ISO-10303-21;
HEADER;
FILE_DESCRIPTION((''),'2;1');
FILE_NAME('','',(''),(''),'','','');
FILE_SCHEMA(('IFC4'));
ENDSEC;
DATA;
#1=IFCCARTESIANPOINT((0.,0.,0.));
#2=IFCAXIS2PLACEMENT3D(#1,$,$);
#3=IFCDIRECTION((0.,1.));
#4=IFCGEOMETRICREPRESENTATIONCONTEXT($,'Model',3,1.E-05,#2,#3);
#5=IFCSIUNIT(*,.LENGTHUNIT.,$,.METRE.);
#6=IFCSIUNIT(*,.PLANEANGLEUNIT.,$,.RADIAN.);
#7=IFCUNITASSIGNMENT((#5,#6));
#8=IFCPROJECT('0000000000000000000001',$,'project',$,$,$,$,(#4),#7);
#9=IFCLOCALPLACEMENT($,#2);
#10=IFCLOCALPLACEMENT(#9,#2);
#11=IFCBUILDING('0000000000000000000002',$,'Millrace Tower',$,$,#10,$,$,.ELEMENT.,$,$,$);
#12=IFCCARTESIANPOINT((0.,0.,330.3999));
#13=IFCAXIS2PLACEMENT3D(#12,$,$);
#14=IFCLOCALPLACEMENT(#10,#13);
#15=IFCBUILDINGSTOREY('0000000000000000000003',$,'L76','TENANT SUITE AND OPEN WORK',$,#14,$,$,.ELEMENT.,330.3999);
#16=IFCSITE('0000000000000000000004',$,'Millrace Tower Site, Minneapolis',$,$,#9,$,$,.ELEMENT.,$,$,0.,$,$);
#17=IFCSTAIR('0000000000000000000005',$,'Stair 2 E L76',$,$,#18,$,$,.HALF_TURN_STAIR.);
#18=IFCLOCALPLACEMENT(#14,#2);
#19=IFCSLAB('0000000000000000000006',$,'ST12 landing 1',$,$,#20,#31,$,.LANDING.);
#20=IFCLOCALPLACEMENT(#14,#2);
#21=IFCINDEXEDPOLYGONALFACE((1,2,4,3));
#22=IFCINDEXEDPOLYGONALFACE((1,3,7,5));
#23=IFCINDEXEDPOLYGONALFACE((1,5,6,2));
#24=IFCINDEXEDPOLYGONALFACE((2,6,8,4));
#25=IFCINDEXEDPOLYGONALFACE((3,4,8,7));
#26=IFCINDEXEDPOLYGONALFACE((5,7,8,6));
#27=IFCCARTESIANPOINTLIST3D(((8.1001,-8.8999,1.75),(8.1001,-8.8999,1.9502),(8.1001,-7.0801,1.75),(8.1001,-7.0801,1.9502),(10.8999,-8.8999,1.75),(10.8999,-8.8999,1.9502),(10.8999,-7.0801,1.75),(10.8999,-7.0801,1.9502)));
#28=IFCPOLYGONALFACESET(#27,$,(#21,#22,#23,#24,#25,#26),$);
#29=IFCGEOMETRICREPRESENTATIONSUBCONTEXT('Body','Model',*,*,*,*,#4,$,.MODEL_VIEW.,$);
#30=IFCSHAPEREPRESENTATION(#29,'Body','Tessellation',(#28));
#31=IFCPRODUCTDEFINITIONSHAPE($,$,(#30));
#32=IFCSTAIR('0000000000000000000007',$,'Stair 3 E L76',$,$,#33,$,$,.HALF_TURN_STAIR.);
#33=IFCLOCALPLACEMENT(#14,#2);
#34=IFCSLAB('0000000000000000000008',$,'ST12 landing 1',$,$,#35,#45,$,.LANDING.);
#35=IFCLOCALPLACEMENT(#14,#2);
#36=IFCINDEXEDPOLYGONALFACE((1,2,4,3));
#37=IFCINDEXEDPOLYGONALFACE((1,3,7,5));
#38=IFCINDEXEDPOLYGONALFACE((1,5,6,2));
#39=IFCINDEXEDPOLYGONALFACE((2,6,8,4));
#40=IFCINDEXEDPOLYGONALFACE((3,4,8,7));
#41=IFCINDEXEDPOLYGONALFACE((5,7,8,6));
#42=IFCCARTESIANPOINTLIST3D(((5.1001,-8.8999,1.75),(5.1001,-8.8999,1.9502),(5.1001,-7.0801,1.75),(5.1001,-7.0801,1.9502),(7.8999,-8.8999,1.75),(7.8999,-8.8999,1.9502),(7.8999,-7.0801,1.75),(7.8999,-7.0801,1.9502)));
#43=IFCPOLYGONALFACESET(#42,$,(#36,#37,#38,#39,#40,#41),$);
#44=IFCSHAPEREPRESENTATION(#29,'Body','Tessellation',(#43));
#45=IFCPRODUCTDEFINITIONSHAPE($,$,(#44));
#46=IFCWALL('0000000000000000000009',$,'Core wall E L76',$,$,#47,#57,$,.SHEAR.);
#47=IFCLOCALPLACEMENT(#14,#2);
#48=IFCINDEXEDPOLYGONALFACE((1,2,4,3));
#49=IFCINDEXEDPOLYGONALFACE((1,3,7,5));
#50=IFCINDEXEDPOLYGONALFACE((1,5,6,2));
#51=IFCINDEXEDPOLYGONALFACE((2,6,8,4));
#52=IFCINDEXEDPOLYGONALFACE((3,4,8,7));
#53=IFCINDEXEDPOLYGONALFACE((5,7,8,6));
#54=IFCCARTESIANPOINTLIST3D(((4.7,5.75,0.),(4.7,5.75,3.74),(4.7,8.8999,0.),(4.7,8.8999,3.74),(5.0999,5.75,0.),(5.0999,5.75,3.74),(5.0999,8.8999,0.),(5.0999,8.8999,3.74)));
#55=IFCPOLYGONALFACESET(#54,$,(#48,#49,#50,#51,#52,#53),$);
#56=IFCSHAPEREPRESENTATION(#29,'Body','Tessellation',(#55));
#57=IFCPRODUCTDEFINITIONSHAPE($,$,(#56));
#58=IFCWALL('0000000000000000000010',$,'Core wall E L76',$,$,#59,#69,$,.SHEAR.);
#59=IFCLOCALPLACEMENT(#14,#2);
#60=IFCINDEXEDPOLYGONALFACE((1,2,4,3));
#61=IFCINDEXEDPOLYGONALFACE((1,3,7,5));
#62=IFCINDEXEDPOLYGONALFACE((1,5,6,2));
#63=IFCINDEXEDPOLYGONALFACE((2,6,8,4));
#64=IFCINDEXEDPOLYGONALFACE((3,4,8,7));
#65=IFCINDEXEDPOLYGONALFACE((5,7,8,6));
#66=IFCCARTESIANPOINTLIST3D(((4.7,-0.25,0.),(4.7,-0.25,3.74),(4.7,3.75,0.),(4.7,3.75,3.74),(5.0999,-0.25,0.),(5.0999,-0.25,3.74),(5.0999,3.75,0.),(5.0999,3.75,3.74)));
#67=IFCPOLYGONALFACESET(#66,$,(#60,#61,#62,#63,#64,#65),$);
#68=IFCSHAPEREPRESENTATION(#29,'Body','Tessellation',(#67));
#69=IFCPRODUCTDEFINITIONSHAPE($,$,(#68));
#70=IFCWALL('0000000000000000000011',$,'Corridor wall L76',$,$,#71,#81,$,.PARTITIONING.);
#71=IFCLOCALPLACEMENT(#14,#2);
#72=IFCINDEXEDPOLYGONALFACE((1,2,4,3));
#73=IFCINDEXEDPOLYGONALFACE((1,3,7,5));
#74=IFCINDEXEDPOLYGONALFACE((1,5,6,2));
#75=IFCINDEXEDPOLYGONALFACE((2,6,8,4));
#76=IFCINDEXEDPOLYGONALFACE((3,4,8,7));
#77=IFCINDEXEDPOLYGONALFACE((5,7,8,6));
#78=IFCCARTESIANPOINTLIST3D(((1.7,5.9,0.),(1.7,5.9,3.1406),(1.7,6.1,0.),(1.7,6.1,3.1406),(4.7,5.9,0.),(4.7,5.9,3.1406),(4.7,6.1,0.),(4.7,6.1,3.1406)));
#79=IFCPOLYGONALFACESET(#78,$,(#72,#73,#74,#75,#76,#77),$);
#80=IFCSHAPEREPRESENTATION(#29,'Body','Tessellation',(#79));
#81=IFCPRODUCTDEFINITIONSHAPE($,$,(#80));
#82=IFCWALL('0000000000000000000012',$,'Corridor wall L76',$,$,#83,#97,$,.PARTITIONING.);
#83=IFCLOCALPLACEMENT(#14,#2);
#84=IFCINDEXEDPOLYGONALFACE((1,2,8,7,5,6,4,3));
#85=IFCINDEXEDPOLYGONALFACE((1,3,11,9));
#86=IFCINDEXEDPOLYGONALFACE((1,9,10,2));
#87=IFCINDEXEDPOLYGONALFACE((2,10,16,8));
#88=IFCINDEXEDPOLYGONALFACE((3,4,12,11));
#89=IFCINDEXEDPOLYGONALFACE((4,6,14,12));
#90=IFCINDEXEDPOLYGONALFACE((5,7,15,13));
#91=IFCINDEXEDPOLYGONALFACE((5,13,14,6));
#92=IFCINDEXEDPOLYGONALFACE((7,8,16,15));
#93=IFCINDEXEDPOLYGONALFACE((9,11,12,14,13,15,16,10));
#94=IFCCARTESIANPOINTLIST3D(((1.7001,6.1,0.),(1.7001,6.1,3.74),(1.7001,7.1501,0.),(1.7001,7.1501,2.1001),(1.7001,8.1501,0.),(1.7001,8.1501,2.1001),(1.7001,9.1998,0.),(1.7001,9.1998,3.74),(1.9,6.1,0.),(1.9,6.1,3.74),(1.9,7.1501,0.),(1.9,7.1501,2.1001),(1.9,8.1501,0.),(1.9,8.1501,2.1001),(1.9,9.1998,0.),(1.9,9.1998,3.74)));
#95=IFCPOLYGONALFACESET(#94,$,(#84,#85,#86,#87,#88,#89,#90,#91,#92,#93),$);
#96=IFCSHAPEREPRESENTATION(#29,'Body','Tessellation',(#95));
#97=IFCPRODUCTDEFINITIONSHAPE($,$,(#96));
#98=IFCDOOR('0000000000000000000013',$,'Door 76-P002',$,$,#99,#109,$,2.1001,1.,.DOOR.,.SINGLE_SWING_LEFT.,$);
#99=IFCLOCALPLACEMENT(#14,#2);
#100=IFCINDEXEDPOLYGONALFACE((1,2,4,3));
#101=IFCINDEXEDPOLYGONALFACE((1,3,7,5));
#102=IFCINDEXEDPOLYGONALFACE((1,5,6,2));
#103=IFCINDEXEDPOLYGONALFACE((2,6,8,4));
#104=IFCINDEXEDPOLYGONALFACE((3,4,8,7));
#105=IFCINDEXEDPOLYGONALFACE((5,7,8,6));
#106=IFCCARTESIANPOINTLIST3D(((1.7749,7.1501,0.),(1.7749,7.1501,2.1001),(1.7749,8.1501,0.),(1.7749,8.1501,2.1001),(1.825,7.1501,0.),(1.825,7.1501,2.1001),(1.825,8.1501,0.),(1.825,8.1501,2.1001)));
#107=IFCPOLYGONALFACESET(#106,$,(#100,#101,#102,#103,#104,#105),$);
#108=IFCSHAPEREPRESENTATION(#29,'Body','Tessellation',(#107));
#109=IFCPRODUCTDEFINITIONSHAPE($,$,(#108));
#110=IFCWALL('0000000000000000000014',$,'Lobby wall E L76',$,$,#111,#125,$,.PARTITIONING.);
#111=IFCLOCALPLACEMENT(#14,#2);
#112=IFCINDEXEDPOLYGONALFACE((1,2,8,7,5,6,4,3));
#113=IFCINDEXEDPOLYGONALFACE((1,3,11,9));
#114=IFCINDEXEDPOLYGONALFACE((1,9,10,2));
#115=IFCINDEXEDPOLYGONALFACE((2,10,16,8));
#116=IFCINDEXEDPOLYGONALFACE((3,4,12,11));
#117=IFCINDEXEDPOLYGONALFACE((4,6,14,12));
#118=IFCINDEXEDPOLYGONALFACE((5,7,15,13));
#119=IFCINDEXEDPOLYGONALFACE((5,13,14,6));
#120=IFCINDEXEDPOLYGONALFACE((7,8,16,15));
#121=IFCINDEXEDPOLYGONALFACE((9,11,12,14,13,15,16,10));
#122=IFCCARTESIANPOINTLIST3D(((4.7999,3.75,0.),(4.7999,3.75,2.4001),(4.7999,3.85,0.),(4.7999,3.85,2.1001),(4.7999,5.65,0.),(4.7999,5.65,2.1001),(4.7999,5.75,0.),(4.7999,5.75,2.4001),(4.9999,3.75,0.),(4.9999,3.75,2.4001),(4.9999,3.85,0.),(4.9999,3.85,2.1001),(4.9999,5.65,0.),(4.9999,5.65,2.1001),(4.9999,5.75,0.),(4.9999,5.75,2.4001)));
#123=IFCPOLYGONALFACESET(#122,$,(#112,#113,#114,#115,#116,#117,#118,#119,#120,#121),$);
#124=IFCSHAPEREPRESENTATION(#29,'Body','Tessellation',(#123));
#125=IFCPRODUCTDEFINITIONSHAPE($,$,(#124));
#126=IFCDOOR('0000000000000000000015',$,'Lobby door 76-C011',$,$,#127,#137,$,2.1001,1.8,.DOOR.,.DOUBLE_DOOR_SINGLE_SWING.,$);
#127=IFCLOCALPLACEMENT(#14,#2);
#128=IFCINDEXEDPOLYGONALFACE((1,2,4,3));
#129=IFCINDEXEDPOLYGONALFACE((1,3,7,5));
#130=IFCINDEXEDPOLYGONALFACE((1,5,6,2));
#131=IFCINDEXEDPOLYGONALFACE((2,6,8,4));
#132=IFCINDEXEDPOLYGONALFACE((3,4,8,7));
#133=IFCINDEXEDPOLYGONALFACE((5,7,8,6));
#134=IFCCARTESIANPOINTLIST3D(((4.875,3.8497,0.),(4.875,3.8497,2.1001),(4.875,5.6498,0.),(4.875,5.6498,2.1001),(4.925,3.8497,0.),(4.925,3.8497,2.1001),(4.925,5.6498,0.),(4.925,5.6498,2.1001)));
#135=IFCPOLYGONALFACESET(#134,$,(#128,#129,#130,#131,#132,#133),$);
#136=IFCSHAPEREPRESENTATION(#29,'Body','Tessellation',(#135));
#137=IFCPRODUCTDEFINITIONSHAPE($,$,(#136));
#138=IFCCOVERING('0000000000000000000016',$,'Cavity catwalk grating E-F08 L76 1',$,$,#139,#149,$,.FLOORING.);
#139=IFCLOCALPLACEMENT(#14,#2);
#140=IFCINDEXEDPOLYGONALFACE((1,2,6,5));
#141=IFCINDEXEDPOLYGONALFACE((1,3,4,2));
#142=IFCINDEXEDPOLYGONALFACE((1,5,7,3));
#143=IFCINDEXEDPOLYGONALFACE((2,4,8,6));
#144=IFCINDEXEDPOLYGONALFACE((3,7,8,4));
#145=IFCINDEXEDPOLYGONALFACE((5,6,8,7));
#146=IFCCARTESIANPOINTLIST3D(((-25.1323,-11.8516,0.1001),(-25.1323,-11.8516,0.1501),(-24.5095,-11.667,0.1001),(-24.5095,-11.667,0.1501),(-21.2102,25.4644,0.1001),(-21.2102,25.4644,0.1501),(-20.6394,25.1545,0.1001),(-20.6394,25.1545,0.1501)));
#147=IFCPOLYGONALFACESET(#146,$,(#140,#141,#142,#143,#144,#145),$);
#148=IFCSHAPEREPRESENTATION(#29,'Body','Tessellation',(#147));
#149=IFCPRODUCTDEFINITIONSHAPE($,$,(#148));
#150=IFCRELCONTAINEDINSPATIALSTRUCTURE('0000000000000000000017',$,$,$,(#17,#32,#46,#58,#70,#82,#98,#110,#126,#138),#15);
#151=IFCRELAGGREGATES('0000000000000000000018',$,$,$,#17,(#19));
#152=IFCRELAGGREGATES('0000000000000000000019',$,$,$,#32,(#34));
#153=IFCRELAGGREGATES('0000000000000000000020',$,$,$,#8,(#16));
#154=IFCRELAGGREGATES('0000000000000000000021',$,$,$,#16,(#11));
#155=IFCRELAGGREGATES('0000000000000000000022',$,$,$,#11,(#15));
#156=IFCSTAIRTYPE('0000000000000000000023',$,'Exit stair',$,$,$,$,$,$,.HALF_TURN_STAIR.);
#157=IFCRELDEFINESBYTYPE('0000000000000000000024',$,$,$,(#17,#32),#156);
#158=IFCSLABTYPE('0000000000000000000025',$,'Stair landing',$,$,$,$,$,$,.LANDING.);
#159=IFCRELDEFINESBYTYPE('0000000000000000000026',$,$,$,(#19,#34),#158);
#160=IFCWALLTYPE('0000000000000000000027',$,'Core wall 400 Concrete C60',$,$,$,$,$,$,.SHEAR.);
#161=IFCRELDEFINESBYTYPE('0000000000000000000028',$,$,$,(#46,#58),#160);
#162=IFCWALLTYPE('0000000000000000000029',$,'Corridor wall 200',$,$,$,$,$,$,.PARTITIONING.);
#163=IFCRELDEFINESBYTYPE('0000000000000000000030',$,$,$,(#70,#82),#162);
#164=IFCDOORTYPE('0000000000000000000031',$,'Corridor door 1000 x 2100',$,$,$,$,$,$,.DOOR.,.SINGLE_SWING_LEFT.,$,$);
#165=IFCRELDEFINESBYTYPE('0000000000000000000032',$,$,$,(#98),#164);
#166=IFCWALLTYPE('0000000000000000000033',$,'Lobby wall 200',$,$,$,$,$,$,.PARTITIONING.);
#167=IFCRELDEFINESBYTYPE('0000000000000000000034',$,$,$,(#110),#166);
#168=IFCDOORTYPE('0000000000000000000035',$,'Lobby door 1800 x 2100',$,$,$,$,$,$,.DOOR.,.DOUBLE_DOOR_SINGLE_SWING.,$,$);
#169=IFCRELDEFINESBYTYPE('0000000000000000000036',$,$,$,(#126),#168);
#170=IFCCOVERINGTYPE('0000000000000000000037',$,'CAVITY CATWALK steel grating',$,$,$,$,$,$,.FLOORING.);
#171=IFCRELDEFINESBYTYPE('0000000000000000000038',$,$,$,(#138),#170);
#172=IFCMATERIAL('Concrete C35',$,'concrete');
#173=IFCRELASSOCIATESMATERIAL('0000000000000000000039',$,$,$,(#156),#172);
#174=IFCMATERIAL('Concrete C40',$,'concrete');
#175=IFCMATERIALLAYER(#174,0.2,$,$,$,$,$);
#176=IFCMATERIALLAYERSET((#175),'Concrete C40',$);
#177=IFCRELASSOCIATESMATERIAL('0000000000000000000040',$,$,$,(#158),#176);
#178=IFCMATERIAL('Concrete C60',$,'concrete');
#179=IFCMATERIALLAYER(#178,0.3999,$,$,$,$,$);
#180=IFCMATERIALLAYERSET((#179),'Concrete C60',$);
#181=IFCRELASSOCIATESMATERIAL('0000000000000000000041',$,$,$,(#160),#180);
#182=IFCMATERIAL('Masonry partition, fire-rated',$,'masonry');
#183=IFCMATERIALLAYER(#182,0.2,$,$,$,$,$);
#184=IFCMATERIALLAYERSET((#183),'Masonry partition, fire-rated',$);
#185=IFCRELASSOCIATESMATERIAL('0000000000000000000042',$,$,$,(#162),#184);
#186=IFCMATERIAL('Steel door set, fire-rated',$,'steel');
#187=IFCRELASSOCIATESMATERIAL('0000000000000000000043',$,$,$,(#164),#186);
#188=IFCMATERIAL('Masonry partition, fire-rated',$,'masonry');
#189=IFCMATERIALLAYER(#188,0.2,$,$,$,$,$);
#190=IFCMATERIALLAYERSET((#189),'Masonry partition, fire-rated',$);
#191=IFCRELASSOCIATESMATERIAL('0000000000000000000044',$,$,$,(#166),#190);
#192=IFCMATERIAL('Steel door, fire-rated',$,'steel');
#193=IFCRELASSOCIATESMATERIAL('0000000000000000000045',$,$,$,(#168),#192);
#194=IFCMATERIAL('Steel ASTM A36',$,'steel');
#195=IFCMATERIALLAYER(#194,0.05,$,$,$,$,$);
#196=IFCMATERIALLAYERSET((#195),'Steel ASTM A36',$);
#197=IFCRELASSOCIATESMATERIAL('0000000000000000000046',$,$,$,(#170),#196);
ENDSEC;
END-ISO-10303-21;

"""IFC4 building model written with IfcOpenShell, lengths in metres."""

from ifc_helpers import new_model, si_unit, direction, frame, frame_2d, origin, place, context, subcontext, project, spatial, polyline, rectangle, outline, extrude, material, layer, layer_set, type_object, element, fill, aggregate, save


model = new_model("IFC4")

# Units and contexts
model_context = context("Model", 3, precision=1e-05, world=origin(), true_north=direction((0.0, 1.0)))
body_context = subcontext(model_context, "Body", "Model", "MODEL_VIEW")
ifc_project = project(units=[si_unit("LENGTHUNIT", "METRE"), si_unit("PLANEANGLEUNIT", "RADIAN")], contexts=[model_context])

# Site, building, storey
site_placement = place(None, origin())
site = spatial("IfcSite", under=ifc_project, at=site_placement, Name="Millrace Tower Site, Minneapolis", CompositionType="ELEMENT", RefElevation=0.0)
building_placement = place(site_placement, origin())
building = spatial("IfcBuilding", under=site, at=building_placement, Name="Millrace Tower", CompositionType="ELEMENT")
storey_placement = place(building_placement, frame((0.0, 0.0, 330.3999)))
storey = spatial("IfcBuildingStorey", under=building, at=storey_placement, Name="L76", Description="TENANT SUITE AND OPEN WORK", CompositionType="ELEMENT", Elevation=330.3999)

# Shared definitions
placement_1 = place(storey_placement, origin())

# Stairs, slabs
ifc_material_1 = material(Name="Concrete C35", Category="concrete")
stair_type = type_object("IfcStairType", Name="Exit stair", PredefinedType="HALF_TURN_STAIR", material=ifc_material_1)
ifc_material_2 = material(Name="Concrete C40", Category="concrete")
ifc_layer_1 = layer(ifc_material_2, 0.2)
ifc_layer_set_1 = layer_set([ifc_layer_1], Name="Concrete C40")
slab_type = type_object("IfcSlabType", Name="Stair landing", PredefinedType="LANDING", material=ifc_layer_set_1)
placement_2 = place(storey_placement, frame((0.0, 0.0, 1.75)))
stair_1 = element("IfcStair", 1, at=placement_1, inside=storey, type_object=stair_type, Name="Stair 2 E L76", PredefinedType="HALF_TURN_STAIR")
slab_1 = element("IfcSlab", 2, at=placement_2, type_object=slab_type, Name="ST12 landing 1", PredefinedType="LANDING", context=body_context, shape_type="SweptSolid", body=[
    extrude(outline(polyline([(8.1001, -8.8999), (10.8999, -8.8999), (10.8999, -7.0801), (8.1001, -7.0801), (8.1001, -8.8999)])), origin(), (0.0, 0.0, 1.0), 0.2002),
])
aggregate(stair_1, [slab_1])
stair_2 = element("IfcStair", 3, at=placement_1, inside=storey, type_object=stair_type, Name="Stair 3 E L76", PredefinedType="HALF_TURN_STAIR")
slab_2 = element("IfcSlab", 4, at=placement_2, type_object=slab_type, Name="ST12 landing 1", PredefinedType="LANDING", context=body_context, shape_type="SweptSolid", body=[
    extrude(outline(polyline([(5.1001, -8.8999), (7.8999, -8.8999), (7.8999, -7.0801), (5.1001, -7.0801), (5.1001, -8.8999)])), origin(), (0.0, 0.0, 1.0), 0.2002),
])
aggregate(stair_2, [slab_2])

# Walls
ifc_material_3 = material(Name="Concrete C60", Category="concrete")
ifc_layer_2 = layer(ifc_material_3, 0.3999)
ifc_layer_set_2 = layer_set([ifc_layer_2], Name="Concrete C60")
wall_type_1 = type_object("IfcWallType", Name="Core wall 400 Concrete C60", PredefinedType="SHEAR", material=ifc_layer_set_2)
wall_1_placement = place(storey_placement, frame((4.8999, 8.8999, 0.0), z_axis=(0.0, 0.0, 1.0), x_axis=(0.0, -1.0, 0.0)))
element("IfcWall", 5, at=wall_1_placement, inside=storey, type_object=wall_type_1, Name="Core wall E L76", PredefinedType="SHEAR", context=body_context, shape_type="SweptSolid", body=[
    extrude(rectangle(XDim=3.1499, YDim=0.3999, at=frame_2d((1.575, 0.0))), origin(), (0.0, 0.0, 1.0), 3.74),
])
wall_2_placement = place(storey_placement, frame((4.8999, 3.75, 0.0), z_axis=(0.0, 0.0, 1.0), x_axis=(0.0, -1.0, 0.0)))
element("IfcWall", 6, at=wall_2_placement, inside=storey, type_object=wall_type_1, Name="Core wall E L76", PredefinedType="SHEAR", context=body_context, shape_type="SweptSolid", body=[
    extrude(rectangle(XDim=4.0, YDim=0.3999, at=frame_2d((2.0, 0.0))), origin(), (0.0, 0.0, 1.0), 3.74),
])
ifc_material_4 = material(Name="Masonry partition, fire-rated", Category="masonry")
ifc_layer_3 = layer(ifc_material_4, 0.2)
ifc_layer_set_3 = layer_set([ifc_layer_3], Name="Masonry partition, fire-rated")
wall_type_2 = type_object("IfcWallType", Name="Corridor wall 200", PredefinedType="PARTITIONING", material=ifc_layer_set_3)
wall_3_placement = place(storey_placement, frame((1.7, 6.0, 0.0), z_axis=(0.0, 0.0, 1.0), x_axis=(1.0, 0.0, 0.0)))
element("IfcWall", 7, at=wall_3_placement, inside=storey, type_object=wall_type_2, Name="Corridor wall L76", PredefinedType="PARTITIONING", context=body_context, shape_type="SweptSolid", body=[
    extrude(rectangle(XDim=3.0, YDim=0.2, at=frame_2d((1.5, 0.0))), origin(), (0.0, 0.0, 1.0), 3.1406),
])

# Walls, openings, doors
wall_4_placement = place(storey_placement, frame((1.8, 6.1001, 0.0), z_axis=(0.0, 0.0, 1.0), x_axis=(0.0, 1.0, 0.0)))
wall_4 = element("IfcWall", 8, at=wall_4_placement, inside=storey, type_object=wall_type_2, Name="Corridor wall L76", PredefinedType="PARTITIONING", context=body_context, shape_type="SweptSolid", body=[
    extrude(rectangle(XDim=3.0999, YDim=0.2, at=frame_2d((1.5498, 0.0))), origin(), (0.0, 0.0, 1.0), 3.74),
])
opening_1_placement = place(wall_4_placement, frame((1.05, 0.0, 0.0)))
opening_1 = element("IfcOpeningElement", 9, at=opening_1_placement, cuts=wall_4, PredefinedType="OPENING", context=body_context, shape_type="SweptSolid", body=[
    extrude(rectangle(XDim=1.0, YDim=2.1001, at=frame_2d((0.5, 1.05))), frame((0.0, 0.1099, 0.0), z_axis=(0.0, -1.0, 0.0), x_axis=(1.0, 0.0, 0.0)), (0.0, 0.0, 1.0), 0.22),
])
ifc_material_5 = material(Name="Steel door set, fire-rated", Category="steel")
door_type_1 = type_object("IfcDoorType", Name="Corridor door 1000 x 2100", OperationType="SINGLE_SWING_LEFT", PredefinedType="DOOR", material=ifc_material_5)
door_1_placement = place(opening_1_placement, frame((1.0, 0.0, 0.0), z_axis=(0.0, 0.0, 1.0), x_axis=(-1.0, 0.0, 0.0)))
door_1 = element("IfcDoor", 10, at=door_1_placement, inside=storey, type_object=door_type_1, Name="Door 76-P002", OperationType="SINGLE_SWING_LEFT", OverallHeight=2.1001, OverallWidth=1.0, PredefinedType="DOOR", context=body_context, shape_type="SweptSolid", body=[
    extrude(rectangle(XDim=1.0, YDim=2.1001, at=frame_2d((0.5, 1.05))), frame((0.0, 0.0249, 0.0), z_axis=(0.0, -1.0, 0.0), x_axis=(1.0, 0.0, 0.0)), (0.0, 0.0, 1.0), 0.05),
])
fill(opening_1, door_1)
ifc_material_6 = material(Name="Masonry partition, fire-rated", Category="masonry")
ifc_layer_4 = layer(ifc_material_6, 0.2)
ifc_layer_set_4 = layer_set([ifc_layer_4], Name="Masonry partition, fire-rated")
wall_type_3 = type_object("IfcWallType", Name="Lobby wall 200", PredefinedType="PARTITIONING", material=ifc_layer_set_4)
wall_5_placement = place(storey_placement, frame((4.8999, 5.75, 0.0), z_axis=(0.0, 0.0, 1.0), x_axis=(0.0, -1.0, 0.0)))
wall_5 = element("IfcWall", 11, at=wall_5_placement, inside=storey, type_object=wall_type_3, Name="Lobby wall E L76", PredefinedType="PARTITIONING", context=body_context, shape_type="SweptSolid", body=[
    extrude(rectangle(XDim=2.0, YDim=0.2, at=frame_2d((1.0, 0.0))), origin(), (0.0, 0.0, 1.0), 2.4001),
])
opening_2_placement = place(wall_5_placement, frame((0.1001, 0.0, 0.0)))
opening_2 = element("IfcOpeningElement", 12, at=opening_2_placement, cuts=wall_5, PredefinedType="OPENING", context=body_context, shape_type="SweptSolid", body=[
    extrude(rectangle(XDim=1.8, YDim=2.1001, at=frame_2d((0.8999, 1.05))), frame((0.0, 0.1099, 0.0), z_axis=(0.0, -1.0, 0.0), x_axis=(1.0, 0.0, 0.0)), (0.0, 0.0, 1.0), 0.22),
])
ifc_material_7 = material(Name="Steel door, fire-rated", Category="steel")
door_type_2 = type_object("IfcDoorType", Name="Lobby door 1800 x 2100", OperationType="DOUBLE_DOOR_SINGLE_SWING", PredefinedType="DOOR", material=ifc_material_7)
door_2_placement = place(opening_2_placement, frame((1.8, 0.0, 0.0), z_axis=(0.0, 0.0, 1.0), x_axis=(-1.0, 0.0, 0.0)))
door_2 = element("IfcDoor", 13, at=door_2_placement, inside=storey, type_object=door_type_2, Name="Lobby door 76-C011", OperationType="DOUBLE_DOOR_SINGLE_SWING", OverallHeight=2.1001, OverallWidth=1.8, PredefinedType="DOOR", context=body_context, shape_type="SweptSolid", body=[
    extrude(rectangle(XDim=1.8, YDim=2.1001, at=frame_2d((0.8999, 1.05))), frame((0.0, 0.0249, 0.0), z_axis=(0.0, -1.0, 0.0), x_axis=(1.0, 0.0, 0.0)), (0.0, 0.0, 1.0), 0.05),
])
fill(opening_2, door_2)

# Covering
ifc_material_8 = material(Name="Steel ASTM A36", Category="steel")
ifc_layer_5 = layer(ifc_material_8, 0.05)
ifc_layer_set_5 = layer_set([ifc_layer_5], Name="Steel ASTM A36")
covering_type = type_object("IfcCoveringType", Name="CAVITY CATWALK steel grating", PredefinedType="FLOORING", material=ifc_layer_set_5)
covering_placement = place(storey_placement, frame((0.0, 0.0, 0.1001)))
element("IfcCovering", 14, at=covering_placement, inside=storey, type_object=covering_type, Name="Cavity catwalk grating E-F08 L76 1", PredefinedType="FLOORING", context=body_context, shape_type="SweptSolid", body=[
    extrude(outline(polyline([(-21.2102, 25.4644), (-25.1323, -11.8516), (-24.5095, -11.667), (-20.6394, 25.1545), (-21.2102, 25.4644)])), origin(), (0.0, 0.0, 1.0), 0.05),
])

save(model, "model.ifc")
